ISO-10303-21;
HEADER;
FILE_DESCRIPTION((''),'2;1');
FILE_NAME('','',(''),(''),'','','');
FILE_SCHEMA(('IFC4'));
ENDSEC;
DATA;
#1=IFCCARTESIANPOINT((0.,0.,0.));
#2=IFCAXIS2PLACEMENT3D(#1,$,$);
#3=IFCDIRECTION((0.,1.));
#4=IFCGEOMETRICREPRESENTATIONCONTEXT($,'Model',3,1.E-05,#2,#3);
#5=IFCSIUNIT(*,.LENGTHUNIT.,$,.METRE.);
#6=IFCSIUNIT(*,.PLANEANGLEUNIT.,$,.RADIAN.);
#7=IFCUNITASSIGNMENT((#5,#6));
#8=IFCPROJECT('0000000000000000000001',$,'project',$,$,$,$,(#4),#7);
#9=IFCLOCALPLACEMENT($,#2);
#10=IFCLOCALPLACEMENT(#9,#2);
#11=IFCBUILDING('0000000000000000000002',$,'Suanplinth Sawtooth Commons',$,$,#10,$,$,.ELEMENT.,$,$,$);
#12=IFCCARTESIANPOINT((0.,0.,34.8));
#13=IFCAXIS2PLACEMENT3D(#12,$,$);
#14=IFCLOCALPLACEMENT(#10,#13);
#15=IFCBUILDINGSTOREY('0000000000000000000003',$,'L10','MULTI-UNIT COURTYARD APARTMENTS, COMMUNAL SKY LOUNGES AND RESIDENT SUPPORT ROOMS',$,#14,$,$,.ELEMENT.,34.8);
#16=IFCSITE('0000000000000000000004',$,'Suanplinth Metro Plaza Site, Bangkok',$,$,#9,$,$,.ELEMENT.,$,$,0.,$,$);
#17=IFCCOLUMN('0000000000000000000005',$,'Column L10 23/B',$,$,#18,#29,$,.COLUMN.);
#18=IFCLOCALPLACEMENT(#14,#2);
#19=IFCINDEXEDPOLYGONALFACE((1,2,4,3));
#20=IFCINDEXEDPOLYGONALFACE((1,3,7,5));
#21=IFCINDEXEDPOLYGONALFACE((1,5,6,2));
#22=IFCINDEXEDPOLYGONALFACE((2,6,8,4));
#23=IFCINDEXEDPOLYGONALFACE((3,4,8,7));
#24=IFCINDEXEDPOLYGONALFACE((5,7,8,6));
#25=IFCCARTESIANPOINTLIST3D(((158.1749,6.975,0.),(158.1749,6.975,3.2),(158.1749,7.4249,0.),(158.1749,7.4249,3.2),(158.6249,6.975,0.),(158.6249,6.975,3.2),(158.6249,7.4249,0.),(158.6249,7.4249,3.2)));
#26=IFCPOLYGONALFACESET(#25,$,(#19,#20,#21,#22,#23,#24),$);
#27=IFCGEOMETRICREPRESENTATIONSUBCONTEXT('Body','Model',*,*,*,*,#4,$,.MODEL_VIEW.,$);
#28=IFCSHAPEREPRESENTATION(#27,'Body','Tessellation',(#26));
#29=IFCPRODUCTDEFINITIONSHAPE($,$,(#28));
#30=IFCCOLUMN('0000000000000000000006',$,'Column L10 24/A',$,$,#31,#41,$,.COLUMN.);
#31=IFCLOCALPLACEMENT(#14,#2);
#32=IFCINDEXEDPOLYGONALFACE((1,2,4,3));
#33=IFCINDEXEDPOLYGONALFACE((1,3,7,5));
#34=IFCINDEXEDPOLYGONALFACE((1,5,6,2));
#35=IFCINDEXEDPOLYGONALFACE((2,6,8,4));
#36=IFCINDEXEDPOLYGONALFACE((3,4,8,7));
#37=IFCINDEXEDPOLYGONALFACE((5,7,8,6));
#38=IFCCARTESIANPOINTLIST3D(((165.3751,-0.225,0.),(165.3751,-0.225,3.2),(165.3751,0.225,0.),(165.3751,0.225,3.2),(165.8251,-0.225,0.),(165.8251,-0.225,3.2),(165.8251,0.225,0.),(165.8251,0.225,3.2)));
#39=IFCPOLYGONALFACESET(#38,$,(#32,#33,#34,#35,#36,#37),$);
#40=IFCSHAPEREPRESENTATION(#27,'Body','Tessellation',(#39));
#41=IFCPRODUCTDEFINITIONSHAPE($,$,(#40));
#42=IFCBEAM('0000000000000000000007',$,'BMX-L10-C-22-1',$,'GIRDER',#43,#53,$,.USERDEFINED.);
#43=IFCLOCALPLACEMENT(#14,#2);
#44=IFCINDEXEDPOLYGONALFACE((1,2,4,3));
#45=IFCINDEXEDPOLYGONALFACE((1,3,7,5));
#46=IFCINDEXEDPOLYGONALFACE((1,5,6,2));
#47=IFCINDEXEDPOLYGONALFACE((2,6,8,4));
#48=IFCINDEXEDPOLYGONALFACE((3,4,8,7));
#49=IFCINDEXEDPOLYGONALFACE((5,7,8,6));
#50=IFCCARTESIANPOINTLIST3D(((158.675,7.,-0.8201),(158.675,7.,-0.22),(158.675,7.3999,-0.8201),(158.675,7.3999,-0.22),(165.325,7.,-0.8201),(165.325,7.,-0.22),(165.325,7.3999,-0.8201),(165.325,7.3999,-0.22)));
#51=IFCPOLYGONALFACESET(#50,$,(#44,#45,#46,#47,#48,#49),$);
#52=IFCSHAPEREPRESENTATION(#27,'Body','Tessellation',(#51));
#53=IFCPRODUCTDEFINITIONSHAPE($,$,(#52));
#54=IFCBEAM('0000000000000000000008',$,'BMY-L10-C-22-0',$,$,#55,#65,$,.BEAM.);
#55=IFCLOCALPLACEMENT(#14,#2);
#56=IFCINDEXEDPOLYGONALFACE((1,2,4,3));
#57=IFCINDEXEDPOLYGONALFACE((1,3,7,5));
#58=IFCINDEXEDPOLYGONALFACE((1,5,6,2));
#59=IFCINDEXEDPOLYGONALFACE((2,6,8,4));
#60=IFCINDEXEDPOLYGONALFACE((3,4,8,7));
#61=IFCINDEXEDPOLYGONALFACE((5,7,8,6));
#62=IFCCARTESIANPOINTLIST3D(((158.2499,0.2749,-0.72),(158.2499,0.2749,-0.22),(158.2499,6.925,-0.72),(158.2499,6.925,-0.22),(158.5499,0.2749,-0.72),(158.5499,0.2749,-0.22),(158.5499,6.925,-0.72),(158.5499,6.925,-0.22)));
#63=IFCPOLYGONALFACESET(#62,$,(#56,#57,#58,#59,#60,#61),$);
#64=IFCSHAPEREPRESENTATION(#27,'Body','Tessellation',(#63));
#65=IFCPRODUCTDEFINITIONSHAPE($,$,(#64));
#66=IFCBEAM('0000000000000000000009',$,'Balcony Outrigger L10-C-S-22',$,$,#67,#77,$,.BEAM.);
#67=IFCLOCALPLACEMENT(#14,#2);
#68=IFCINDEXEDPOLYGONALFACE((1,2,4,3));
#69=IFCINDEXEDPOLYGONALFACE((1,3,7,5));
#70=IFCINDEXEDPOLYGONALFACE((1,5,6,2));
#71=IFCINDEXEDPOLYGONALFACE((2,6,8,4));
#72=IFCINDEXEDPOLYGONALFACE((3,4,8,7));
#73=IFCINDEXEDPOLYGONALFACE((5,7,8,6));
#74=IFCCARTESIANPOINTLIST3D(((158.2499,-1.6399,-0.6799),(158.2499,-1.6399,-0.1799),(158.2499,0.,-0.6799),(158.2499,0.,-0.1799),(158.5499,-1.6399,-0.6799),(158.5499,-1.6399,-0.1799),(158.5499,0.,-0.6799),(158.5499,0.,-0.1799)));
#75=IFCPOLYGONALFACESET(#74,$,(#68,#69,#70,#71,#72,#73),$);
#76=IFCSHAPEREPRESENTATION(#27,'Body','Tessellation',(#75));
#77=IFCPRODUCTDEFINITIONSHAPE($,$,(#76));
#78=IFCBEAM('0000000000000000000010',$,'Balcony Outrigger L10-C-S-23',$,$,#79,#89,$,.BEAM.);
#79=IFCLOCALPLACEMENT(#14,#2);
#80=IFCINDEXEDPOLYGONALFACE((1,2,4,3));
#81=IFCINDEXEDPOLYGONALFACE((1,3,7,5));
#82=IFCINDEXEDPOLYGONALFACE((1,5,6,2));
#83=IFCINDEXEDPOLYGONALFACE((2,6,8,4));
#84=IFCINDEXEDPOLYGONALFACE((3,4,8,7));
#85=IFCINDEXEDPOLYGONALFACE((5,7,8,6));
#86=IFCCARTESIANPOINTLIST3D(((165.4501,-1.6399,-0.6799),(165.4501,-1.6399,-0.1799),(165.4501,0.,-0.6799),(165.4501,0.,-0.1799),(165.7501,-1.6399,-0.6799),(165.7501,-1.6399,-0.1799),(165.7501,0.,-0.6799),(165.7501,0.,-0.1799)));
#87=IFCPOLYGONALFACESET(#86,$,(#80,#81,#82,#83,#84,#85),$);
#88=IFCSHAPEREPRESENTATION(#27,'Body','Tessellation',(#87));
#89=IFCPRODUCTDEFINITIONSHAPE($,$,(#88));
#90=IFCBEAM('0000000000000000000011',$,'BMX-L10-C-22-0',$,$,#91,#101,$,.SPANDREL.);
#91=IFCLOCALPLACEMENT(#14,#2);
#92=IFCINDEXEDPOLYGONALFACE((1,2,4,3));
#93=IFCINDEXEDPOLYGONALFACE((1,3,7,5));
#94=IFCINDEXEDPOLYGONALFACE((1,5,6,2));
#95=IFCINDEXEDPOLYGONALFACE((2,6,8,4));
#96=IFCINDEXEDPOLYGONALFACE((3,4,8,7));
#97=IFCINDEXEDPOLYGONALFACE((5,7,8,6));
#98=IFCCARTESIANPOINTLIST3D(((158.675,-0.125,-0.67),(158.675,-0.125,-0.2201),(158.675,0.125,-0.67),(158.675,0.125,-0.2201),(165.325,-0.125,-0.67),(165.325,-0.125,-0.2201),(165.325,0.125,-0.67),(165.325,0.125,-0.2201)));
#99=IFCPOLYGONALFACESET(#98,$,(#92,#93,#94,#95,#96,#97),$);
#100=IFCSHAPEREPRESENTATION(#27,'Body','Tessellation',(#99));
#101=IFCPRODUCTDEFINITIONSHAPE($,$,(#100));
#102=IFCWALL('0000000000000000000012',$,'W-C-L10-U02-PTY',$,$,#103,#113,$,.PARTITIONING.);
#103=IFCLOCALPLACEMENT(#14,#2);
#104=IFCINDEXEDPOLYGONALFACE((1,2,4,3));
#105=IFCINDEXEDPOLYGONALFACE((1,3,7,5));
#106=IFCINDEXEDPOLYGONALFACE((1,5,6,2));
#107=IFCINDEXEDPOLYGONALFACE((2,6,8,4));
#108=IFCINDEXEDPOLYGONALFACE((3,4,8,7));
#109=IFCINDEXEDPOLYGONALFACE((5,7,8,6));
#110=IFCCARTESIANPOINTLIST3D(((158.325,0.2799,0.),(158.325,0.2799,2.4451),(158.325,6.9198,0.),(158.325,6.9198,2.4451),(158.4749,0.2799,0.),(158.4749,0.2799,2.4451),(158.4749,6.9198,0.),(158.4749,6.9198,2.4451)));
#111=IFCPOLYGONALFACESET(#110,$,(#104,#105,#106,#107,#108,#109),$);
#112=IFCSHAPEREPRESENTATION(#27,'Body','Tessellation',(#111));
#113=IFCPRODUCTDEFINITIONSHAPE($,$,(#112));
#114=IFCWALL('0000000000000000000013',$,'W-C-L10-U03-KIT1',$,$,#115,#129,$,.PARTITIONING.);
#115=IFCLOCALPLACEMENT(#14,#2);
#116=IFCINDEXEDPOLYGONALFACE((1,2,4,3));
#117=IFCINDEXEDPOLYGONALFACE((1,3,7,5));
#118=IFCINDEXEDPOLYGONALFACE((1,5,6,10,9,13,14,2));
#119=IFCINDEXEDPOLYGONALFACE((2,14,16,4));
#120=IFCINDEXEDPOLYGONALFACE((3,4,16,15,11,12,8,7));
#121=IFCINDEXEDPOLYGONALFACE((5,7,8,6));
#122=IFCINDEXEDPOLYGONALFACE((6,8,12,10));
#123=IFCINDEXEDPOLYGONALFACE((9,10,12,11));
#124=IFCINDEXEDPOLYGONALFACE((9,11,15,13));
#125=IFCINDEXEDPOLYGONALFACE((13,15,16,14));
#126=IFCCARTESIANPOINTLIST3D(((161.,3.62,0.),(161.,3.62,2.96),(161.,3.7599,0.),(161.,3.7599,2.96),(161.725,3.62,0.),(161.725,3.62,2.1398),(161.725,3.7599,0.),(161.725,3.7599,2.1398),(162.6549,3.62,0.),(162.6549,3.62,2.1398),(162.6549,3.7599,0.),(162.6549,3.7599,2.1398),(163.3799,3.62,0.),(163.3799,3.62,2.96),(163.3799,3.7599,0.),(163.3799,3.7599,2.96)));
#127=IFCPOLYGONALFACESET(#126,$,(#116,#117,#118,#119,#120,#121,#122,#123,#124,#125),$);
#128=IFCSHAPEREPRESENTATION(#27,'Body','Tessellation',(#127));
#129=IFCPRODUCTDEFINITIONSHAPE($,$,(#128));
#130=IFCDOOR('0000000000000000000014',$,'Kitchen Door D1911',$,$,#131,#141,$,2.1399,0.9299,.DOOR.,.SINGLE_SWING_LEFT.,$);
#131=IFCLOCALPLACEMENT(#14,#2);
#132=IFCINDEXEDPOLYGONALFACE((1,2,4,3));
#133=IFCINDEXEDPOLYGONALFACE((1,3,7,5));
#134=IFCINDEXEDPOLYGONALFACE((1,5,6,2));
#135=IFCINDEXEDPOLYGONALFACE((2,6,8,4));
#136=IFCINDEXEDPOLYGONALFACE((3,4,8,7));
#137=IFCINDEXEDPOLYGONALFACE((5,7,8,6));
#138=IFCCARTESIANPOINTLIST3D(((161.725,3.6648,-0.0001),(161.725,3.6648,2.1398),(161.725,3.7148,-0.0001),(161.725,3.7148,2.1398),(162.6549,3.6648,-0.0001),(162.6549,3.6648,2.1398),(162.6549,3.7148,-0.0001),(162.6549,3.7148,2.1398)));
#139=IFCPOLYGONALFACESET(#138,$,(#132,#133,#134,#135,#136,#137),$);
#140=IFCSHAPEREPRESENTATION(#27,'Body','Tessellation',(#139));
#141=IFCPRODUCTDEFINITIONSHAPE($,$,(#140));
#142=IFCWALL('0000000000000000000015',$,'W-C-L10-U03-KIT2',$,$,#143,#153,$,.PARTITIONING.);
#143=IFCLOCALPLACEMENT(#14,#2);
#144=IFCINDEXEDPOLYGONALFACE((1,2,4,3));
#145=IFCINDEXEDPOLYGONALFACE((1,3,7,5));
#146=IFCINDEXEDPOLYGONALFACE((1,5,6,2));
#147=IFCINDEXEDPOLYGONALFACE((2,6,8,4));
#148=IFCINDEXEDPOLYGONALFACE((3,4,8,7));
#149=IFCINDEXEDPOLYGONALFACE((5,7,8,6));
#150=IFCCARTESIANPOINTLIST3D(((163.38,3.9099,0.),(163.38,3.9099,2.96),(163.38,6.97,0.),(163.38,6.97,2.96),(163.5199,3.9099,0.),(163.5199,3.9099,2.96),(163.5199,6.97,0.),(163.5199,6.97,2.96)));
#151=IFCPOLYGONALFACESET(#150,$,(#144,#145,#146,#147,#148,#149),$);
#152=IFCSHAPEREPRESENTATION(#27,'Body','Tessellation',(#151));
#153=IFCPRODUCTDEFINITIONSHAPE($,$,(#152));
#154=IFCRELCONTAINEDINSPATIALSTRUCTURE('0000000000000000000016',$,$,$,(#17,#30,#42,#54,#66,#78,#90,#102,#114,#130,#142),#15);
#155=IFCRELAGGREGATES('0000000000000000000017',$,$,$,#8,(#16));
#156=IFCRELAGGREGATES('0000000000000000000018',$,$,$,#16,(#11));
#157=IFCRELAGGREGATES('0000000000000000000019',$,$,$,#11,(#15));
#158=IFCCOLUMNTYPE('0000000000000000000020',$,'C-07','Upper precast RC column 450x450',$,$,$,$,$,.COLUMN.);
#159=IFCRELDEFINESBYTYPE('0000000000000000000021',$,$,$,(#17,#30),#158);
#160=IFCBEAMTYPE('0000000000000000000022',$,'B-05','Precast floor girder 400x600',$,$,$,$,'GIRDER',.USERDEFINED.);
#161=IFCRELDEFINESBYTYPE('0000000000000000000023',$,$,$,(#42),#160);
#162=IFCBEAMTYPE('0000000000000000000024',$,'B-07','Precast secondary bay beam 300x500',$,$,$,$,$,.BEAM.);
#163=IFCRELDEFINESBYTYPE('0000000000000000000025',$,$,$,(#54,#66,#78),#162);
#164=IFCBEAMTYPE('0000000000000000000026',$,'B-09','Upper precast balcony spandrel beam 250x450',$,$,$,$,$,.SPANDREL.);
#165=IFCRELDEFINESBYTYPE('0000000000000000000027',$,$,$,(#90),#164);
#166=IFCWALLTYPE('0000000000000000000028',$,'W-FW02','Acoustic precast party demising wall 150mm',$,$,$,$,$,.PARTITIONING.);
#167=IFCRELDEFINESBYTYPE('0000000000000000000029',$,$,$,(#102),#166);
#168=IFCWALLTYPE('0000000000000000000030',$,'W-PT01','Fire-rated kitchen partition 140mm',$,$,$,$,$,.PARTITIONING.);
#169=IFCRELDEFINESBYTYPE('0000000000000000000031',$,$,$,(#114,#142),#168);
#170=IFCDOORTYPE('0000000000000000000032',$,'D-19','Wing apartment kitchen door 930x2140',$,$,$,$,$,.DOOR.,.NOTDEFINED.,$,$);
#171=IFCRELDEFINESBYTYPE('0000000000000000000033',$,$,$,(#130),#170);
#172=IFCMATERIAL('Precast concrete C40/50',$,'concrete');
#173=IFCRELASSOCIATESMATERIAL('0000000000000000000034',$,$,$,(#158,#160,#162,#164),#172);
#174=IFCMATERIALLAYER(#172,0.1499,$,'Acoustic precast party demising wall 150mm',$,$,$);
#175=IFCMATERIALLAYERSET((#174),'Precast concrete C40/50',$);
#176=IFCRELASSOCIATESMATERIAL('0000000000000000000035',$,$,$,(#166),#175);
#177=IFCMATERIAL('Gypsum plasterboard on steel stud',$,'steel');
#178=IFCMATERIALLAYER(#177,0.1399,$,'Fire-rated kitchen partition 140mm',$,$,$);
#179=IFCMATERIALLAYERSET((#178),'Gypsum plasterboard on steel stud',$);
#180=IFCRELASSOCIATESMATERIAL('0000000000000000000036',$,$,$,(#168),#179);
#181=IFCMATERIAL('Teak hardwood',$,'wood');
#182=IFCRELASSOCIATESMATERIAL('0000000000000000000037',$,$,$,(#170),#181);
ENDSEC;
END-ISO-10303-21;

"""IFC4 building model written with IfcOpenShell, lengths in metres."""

from ifc_helpers import new_model, si_unit, direction, frame, frame_2d, origin, origin_2d, place, context, subcontext, project, spatial, rectangle, extrude, material, layer, layer_set, material_profile, profile_set, type_object, element, fill, save


model = new_model("IFC4")

# Units and contexts
model_context = context("Model", 3, precision=1e-05, world=origin(), true_north=direction((0.0, 1.0)))
body_context = subcontext(model_context, "Body", "Model", "MODEL_VIEW")
ifc_project = project(units=[si_unit("LENGTHUNIT", "METRE"), si_unit("PLANEANGLEUNIT", "RADIAN")], contexts=[model_context])

# Site, building, storey
site_placement = place(None, origin())
site = spatial("IfcSite", under=ifc_project, at=site_placement, Name="Suanplinth Metro Plaza Site, Bangkok", CompositionType="ELEMENT", RefElevation=0.0)
building_placement = place(site_placement, origin())
building = spatial("IfcBuilding", under=site, at=building_placement, Name="Suanplinth Sawtooth Commons", CompositionType="ELEMENT")
storey_placement = place(building_placement, frame((0.0, 0.0, 34.8)))
storey = spatial("IfcBuildingStorey", under=building, at=storey_placement, Name="L10", Description="MULTI-UNIT COURTYARD APARTMENTS, COMMUNAL SKY LOUNGES AND RESIDENT SUPPORT ROOMS", CompositionType="ELEMENT", Elevation=34.8)

# Columns
ifc_material_1 = material(Name="Precast concrete C40/50", Category="concrete")
ifc_material_profile_1 = material_profile(ifc_material_1, rectangle(XDim=0.45, YDim=0.45, at=origin_2d()), Name="PC-COL 450x450")
ifc_profile_set_1 = profile_set([ifc_material_profile_1], Name="Precast concrete C40/50")
column_type = type_object("IfcColumnType", Name="C-07", Description="Upper precast RC column 450x450", PredefinedType="COLUMN", material=ifc_profile_set_1)
for number, where, z_axis, x_axis, name in (
    (1, (158.3999, 7.2, 0.0), (0.0, 0.0, 1.0), (1.0, 0.0, 0.0), "Column L10 23/B"),
    (2, (165.6001, 0.0, 0.0), (0.0, 0.0, 1.0), (1.0, 0.0, 0.0), "Column L10 24/A"),
):
    element("IfcColumn", number, at=place(storey_placement, frame(where, z_axis=z_axis, x_axis=x_axis)), inside=storey, type_object=column_type, Name=name, PredefinedType="COLUMN", context=body_context, shape_type="SweptSolid", body=[
        extrude(rectangle(XDim=0.45, YDim=0.45, at=origin_2d()), origin(), (0.0, 0.0, 1.0), 3.2),
    ])

# Beams
ifc_material_profile_2 = material_profile(ifc_material_1, rectangle(XDim=0.3999, YDim=0.6001, at=origin_2d()), Name="PC-GDR 400x600")
ifc_profile_set_2 = profile_set([ifc_material_profile_2], Name="Precast concrete C40/50")
beam_type_1 = type_object("IfcBeamType", Name="B-05", Description="Precast floor girder 400x600", ElementType="GIRDER", PredefinedType="USERDEFINED", material=ifc_profile_set_2)
beam_1_placement = place(storey_placement, frame((158.675, 7.2, -0.52), z_axis=(1.0, 0.0, 0.0), x_axis=(0.0, 1.0, 0.0)))
element("IfcBeam", 3, at=beam_1_placement, inside=storey, type_object=beam_type_1, Name="BMX-L10-C-22-1", ObjectType="GIRDER", PredefinedType="USERDEFINED", context=body_context, shape_type="SweptSolid", body=[
    extrude(rectangle(XDim=0.3999, YDim=0.6001, at=origin_2d()), origin(), (0.0, 0.0, 1.0), 6.6499),
])
ifc_material_profile_3 = material_profile(ifc_material_1, rectangle(XDim=0.3, YDim=0.5, at=origin_2d()), Name="PC-BM 300x500")
ifc_profile_set_3 = profile_set([ifc_material_profile_3], Name="Precast concrete C40/50")
beam_type_2 = type_object("IfcBeamType", Name="B-07", Description="Precast secondary bay beam 300x500", PredefinedType="BEAM", material=ifc_profile_set_3)
beam_2_placement = place(storey_placement, frame((158.3999, 0.2749, -0.47), z_axis=(0.0, 1.0, 0.0), x_axis=(-1.0, 0.0, 0.0)))
element("IfcBeam", 4, at=beam_2_placement, inside=storey, type_object=beam_type_2, Name="BMY-L10-C-22-0", PredefinedType="BEAM", context=body_context, shape_type="SweptSolid", body=[
    extrude(rectangle(XDim=0.3, YDim=0.5, at=origin_2d()), origin(), (0.0, 0.0, 1.0), 6.6501),
])
for number, where, z_axis, x_axis, name in (
    (5, (158.3999, 0.0, -0.4299), (0.0, -1.0, 0.0), (1.0, 0.0, 0.0), "Balcony Outrigger L10-C-S-22"),
    (6, (165.6001, 0.0, -0.4299), (0.0, -1.0, 0.0), (1.0, 0.0, 0.0), "Balcony Outrigger L10-C-S-23"),
):
    element("IfcBeam", number, at=place(storey_placement, frame(where, z_axis=z_axis, x_axis=x_axis)), inside=storey, type_object=beam_type_2, Name=name, PredefinedType="BEAM", context=body_context, shape_type="SweptSolid", body=[
        extrude(rectangle(XDim=0.3, YDim=0.5, at=origin_2d()), origin(), (0.0, 0.0, 1.0), 1.6399),
    ])
ifc_material_profile_4 = material_profile(ifc_material_1, rectangle(XDim=0.25, YDim=0.45, at=origin_2d()), Name="PC-SP 250x450")
ifc_profile_set_4 = profile_set([ifc_material_profile_4], Name="Precast concrete C40/50")
beam_type_3 = type_object("IfcBeamType", Name="B-09", Description="Upper precast balcony spandrel beam 250x450", PredefinedType="SPANDREL", material=ifc_profile_set_4)
beam_3_placement = place(storey_placement, frame((158.675, 0.0, -0.4451), z_axis=(1.0, 0.0, 0.0), x_axis=(0.0, 1.0, 0.0)))
element("IfcBeam", 7, at=beam_3_placement, inside=storey, type_object=beam_type_3, Name="BMX-L10-C-22-0", PredefinedType="SPANDREL", context=body_context, shape_type="SweptSolid", body=[
    extrude(rectangle(XDim=0.25, YDim=0.45, at=origin_2d()), origin(), (0.0, 0.0, 1.0), 6.6499),
])

# Wall
ifc_layer_1 = layer(ifc_material_1, 0.1499, Name="Acoustic precast party demising wall 150mm")
ifc_layer_set_1 = layer_set([ifc_layer_1], Name="Precast concrete C40/50")
wall_type_1 = type_object("IfcWallType", Name="W-FW02", Description="Acoustic precast party demising wall 150mm", PredefinedType="PARTITIONING", material=ifc_layer_set_1)
wall_1_placement = place(storey_placement, frame((158.3999, 0.28, 0.0), z_axis=(0.0, 0.0, 1.0), x_axis=(0.0, 1.0, 0.0)))
element("IfcWall", 8, at=wall_1_placement, inside=storey, type_object=wall_type_1, Name="W-C-L10-U02-PTY", PredefinedType="PARTITIONING", context=body_context, shape_type="SweptSolid", body=[
    extrude(rectangle(XDim=6.6399, YDim=0.1499, at=frame_2d((3.3198, 0.0))), origin(), (0.0, 0.0, 1.0), 2.4451),
])

# Wall, opening, door
ifc_material_2 = material(Name="Gypsum plasterboard on steel stud", Category="steel")
ifc_layer_2 = layer(ifc_material_2, 0.1399, Name="Fire-rated kitchen partition 140mm")
ifc_layer_set_2 = layer_set([ifc_layer_2], Name="Gypsum plasterboard on steel stud")
wall_type_2 = type_object("IfcWallType", Name="W-PT01", Description="Fire-rated kitchen partition 140mm", PredefinedType="PARTITIONING", material=ifc_layer_set_2)
wall_2_placement = place(storey_placement, frame((161.0, 3.6899, 0.0), z_axis=(0.0, 0.0, 1.0), x_axis=(1.0, 0.0, 0.0)))
wall_2 = element("IfcWall", 9, at=wall_2_placement, inside=storey, type_object=wall_type_2, Name="W-C-L10-U03-KIT1", PredefinedType="PARTITIONING", context=body_context, shape_type="SweptSolid", body=[
    extrude(rectangle(XDim=2.3799, YDim=0.1399, at=frame_2d((1.1899, 0.0))), origin(), (0.0, 0.0, 1.0), 2.96),
])
opening_1_placement = place(wall_2_placement, frame((0.7251, 0.0, 0.0)))
opening_1 = element("IfcOpeningElement", 10, at=opening_1_placement, cuts=wall_2, PredefinedType="OPENING", context=body_context, shape_type="SweptSolid", body=[
    extrude(rectangle(XDim=0.9299, YDim=2.1399, at=frame_2d((0.4648, 1.0698))), frame((0.0, 0.085, 0.0), z_axis=(0.0, -1.0, 0.0), x_axis=(1.0, 0.0, 0.0)), (0.0, 0.0, 1.0), 0.1697),
])
ifc_material_3 = material(Name="Teak hardwood", Category="wood")
door_type_1 = type_object("IfcDoorType", Name="D-19", Description="Wing apartment kitchen door 930x2140", OperationType="NOTDEFINED", PredefinedType="DOOR", material=ifc_material_3)
door_1_placement = place(opening_1_placement, origin())
door_1 = element("IfcDoor", 11, at=door_1_placement, inside=storey, type_object=door_type_1, Name="Kitchen Door D1911", OperationType="SINGLE_SWING_LEFT", OverallHeight=2.1399, OverallWidth=0.9299, PredefinedType="DOOR", context=body_context, shape_type="SweptSolid", body=[
    extrude(rectangle(XDim=0.9299, YDim=2.1399, at=frame_2d((0.4648, 1.0698))), frame((0.0, 0.0249, 0.0), z_axis=(0.0, -1.0, 0.0), x_axis=(1.0, 0.0, 0.0)), (0.0, 0.0, 1.0), 0.05),
])
fill(opening_1, door_1)

# Wall
wall_3_placement = place(storey_placement, frame((163.45, 3.9099, 0.0), z_axis=(0.0, 0.0, 1.0), x_axis=(0.0, 1.0, 0.0)))
element("IfcWall", 12, at=wall_3_placement, inside=storey, type_object=wall_type_2, Name="W-C-L10-U03-KIT2", PredefinedType="PARTITIONING", context=body_context, shape_type="SweptSolid", body=[
    extrude(rectangle(XDim=3.0601, YDim=0.1399, at=frame_2d((1.53, 0.0))), origin(), (0.0, 0.0, 1.0), 2.96),
])

save(model, "model.ifc")
